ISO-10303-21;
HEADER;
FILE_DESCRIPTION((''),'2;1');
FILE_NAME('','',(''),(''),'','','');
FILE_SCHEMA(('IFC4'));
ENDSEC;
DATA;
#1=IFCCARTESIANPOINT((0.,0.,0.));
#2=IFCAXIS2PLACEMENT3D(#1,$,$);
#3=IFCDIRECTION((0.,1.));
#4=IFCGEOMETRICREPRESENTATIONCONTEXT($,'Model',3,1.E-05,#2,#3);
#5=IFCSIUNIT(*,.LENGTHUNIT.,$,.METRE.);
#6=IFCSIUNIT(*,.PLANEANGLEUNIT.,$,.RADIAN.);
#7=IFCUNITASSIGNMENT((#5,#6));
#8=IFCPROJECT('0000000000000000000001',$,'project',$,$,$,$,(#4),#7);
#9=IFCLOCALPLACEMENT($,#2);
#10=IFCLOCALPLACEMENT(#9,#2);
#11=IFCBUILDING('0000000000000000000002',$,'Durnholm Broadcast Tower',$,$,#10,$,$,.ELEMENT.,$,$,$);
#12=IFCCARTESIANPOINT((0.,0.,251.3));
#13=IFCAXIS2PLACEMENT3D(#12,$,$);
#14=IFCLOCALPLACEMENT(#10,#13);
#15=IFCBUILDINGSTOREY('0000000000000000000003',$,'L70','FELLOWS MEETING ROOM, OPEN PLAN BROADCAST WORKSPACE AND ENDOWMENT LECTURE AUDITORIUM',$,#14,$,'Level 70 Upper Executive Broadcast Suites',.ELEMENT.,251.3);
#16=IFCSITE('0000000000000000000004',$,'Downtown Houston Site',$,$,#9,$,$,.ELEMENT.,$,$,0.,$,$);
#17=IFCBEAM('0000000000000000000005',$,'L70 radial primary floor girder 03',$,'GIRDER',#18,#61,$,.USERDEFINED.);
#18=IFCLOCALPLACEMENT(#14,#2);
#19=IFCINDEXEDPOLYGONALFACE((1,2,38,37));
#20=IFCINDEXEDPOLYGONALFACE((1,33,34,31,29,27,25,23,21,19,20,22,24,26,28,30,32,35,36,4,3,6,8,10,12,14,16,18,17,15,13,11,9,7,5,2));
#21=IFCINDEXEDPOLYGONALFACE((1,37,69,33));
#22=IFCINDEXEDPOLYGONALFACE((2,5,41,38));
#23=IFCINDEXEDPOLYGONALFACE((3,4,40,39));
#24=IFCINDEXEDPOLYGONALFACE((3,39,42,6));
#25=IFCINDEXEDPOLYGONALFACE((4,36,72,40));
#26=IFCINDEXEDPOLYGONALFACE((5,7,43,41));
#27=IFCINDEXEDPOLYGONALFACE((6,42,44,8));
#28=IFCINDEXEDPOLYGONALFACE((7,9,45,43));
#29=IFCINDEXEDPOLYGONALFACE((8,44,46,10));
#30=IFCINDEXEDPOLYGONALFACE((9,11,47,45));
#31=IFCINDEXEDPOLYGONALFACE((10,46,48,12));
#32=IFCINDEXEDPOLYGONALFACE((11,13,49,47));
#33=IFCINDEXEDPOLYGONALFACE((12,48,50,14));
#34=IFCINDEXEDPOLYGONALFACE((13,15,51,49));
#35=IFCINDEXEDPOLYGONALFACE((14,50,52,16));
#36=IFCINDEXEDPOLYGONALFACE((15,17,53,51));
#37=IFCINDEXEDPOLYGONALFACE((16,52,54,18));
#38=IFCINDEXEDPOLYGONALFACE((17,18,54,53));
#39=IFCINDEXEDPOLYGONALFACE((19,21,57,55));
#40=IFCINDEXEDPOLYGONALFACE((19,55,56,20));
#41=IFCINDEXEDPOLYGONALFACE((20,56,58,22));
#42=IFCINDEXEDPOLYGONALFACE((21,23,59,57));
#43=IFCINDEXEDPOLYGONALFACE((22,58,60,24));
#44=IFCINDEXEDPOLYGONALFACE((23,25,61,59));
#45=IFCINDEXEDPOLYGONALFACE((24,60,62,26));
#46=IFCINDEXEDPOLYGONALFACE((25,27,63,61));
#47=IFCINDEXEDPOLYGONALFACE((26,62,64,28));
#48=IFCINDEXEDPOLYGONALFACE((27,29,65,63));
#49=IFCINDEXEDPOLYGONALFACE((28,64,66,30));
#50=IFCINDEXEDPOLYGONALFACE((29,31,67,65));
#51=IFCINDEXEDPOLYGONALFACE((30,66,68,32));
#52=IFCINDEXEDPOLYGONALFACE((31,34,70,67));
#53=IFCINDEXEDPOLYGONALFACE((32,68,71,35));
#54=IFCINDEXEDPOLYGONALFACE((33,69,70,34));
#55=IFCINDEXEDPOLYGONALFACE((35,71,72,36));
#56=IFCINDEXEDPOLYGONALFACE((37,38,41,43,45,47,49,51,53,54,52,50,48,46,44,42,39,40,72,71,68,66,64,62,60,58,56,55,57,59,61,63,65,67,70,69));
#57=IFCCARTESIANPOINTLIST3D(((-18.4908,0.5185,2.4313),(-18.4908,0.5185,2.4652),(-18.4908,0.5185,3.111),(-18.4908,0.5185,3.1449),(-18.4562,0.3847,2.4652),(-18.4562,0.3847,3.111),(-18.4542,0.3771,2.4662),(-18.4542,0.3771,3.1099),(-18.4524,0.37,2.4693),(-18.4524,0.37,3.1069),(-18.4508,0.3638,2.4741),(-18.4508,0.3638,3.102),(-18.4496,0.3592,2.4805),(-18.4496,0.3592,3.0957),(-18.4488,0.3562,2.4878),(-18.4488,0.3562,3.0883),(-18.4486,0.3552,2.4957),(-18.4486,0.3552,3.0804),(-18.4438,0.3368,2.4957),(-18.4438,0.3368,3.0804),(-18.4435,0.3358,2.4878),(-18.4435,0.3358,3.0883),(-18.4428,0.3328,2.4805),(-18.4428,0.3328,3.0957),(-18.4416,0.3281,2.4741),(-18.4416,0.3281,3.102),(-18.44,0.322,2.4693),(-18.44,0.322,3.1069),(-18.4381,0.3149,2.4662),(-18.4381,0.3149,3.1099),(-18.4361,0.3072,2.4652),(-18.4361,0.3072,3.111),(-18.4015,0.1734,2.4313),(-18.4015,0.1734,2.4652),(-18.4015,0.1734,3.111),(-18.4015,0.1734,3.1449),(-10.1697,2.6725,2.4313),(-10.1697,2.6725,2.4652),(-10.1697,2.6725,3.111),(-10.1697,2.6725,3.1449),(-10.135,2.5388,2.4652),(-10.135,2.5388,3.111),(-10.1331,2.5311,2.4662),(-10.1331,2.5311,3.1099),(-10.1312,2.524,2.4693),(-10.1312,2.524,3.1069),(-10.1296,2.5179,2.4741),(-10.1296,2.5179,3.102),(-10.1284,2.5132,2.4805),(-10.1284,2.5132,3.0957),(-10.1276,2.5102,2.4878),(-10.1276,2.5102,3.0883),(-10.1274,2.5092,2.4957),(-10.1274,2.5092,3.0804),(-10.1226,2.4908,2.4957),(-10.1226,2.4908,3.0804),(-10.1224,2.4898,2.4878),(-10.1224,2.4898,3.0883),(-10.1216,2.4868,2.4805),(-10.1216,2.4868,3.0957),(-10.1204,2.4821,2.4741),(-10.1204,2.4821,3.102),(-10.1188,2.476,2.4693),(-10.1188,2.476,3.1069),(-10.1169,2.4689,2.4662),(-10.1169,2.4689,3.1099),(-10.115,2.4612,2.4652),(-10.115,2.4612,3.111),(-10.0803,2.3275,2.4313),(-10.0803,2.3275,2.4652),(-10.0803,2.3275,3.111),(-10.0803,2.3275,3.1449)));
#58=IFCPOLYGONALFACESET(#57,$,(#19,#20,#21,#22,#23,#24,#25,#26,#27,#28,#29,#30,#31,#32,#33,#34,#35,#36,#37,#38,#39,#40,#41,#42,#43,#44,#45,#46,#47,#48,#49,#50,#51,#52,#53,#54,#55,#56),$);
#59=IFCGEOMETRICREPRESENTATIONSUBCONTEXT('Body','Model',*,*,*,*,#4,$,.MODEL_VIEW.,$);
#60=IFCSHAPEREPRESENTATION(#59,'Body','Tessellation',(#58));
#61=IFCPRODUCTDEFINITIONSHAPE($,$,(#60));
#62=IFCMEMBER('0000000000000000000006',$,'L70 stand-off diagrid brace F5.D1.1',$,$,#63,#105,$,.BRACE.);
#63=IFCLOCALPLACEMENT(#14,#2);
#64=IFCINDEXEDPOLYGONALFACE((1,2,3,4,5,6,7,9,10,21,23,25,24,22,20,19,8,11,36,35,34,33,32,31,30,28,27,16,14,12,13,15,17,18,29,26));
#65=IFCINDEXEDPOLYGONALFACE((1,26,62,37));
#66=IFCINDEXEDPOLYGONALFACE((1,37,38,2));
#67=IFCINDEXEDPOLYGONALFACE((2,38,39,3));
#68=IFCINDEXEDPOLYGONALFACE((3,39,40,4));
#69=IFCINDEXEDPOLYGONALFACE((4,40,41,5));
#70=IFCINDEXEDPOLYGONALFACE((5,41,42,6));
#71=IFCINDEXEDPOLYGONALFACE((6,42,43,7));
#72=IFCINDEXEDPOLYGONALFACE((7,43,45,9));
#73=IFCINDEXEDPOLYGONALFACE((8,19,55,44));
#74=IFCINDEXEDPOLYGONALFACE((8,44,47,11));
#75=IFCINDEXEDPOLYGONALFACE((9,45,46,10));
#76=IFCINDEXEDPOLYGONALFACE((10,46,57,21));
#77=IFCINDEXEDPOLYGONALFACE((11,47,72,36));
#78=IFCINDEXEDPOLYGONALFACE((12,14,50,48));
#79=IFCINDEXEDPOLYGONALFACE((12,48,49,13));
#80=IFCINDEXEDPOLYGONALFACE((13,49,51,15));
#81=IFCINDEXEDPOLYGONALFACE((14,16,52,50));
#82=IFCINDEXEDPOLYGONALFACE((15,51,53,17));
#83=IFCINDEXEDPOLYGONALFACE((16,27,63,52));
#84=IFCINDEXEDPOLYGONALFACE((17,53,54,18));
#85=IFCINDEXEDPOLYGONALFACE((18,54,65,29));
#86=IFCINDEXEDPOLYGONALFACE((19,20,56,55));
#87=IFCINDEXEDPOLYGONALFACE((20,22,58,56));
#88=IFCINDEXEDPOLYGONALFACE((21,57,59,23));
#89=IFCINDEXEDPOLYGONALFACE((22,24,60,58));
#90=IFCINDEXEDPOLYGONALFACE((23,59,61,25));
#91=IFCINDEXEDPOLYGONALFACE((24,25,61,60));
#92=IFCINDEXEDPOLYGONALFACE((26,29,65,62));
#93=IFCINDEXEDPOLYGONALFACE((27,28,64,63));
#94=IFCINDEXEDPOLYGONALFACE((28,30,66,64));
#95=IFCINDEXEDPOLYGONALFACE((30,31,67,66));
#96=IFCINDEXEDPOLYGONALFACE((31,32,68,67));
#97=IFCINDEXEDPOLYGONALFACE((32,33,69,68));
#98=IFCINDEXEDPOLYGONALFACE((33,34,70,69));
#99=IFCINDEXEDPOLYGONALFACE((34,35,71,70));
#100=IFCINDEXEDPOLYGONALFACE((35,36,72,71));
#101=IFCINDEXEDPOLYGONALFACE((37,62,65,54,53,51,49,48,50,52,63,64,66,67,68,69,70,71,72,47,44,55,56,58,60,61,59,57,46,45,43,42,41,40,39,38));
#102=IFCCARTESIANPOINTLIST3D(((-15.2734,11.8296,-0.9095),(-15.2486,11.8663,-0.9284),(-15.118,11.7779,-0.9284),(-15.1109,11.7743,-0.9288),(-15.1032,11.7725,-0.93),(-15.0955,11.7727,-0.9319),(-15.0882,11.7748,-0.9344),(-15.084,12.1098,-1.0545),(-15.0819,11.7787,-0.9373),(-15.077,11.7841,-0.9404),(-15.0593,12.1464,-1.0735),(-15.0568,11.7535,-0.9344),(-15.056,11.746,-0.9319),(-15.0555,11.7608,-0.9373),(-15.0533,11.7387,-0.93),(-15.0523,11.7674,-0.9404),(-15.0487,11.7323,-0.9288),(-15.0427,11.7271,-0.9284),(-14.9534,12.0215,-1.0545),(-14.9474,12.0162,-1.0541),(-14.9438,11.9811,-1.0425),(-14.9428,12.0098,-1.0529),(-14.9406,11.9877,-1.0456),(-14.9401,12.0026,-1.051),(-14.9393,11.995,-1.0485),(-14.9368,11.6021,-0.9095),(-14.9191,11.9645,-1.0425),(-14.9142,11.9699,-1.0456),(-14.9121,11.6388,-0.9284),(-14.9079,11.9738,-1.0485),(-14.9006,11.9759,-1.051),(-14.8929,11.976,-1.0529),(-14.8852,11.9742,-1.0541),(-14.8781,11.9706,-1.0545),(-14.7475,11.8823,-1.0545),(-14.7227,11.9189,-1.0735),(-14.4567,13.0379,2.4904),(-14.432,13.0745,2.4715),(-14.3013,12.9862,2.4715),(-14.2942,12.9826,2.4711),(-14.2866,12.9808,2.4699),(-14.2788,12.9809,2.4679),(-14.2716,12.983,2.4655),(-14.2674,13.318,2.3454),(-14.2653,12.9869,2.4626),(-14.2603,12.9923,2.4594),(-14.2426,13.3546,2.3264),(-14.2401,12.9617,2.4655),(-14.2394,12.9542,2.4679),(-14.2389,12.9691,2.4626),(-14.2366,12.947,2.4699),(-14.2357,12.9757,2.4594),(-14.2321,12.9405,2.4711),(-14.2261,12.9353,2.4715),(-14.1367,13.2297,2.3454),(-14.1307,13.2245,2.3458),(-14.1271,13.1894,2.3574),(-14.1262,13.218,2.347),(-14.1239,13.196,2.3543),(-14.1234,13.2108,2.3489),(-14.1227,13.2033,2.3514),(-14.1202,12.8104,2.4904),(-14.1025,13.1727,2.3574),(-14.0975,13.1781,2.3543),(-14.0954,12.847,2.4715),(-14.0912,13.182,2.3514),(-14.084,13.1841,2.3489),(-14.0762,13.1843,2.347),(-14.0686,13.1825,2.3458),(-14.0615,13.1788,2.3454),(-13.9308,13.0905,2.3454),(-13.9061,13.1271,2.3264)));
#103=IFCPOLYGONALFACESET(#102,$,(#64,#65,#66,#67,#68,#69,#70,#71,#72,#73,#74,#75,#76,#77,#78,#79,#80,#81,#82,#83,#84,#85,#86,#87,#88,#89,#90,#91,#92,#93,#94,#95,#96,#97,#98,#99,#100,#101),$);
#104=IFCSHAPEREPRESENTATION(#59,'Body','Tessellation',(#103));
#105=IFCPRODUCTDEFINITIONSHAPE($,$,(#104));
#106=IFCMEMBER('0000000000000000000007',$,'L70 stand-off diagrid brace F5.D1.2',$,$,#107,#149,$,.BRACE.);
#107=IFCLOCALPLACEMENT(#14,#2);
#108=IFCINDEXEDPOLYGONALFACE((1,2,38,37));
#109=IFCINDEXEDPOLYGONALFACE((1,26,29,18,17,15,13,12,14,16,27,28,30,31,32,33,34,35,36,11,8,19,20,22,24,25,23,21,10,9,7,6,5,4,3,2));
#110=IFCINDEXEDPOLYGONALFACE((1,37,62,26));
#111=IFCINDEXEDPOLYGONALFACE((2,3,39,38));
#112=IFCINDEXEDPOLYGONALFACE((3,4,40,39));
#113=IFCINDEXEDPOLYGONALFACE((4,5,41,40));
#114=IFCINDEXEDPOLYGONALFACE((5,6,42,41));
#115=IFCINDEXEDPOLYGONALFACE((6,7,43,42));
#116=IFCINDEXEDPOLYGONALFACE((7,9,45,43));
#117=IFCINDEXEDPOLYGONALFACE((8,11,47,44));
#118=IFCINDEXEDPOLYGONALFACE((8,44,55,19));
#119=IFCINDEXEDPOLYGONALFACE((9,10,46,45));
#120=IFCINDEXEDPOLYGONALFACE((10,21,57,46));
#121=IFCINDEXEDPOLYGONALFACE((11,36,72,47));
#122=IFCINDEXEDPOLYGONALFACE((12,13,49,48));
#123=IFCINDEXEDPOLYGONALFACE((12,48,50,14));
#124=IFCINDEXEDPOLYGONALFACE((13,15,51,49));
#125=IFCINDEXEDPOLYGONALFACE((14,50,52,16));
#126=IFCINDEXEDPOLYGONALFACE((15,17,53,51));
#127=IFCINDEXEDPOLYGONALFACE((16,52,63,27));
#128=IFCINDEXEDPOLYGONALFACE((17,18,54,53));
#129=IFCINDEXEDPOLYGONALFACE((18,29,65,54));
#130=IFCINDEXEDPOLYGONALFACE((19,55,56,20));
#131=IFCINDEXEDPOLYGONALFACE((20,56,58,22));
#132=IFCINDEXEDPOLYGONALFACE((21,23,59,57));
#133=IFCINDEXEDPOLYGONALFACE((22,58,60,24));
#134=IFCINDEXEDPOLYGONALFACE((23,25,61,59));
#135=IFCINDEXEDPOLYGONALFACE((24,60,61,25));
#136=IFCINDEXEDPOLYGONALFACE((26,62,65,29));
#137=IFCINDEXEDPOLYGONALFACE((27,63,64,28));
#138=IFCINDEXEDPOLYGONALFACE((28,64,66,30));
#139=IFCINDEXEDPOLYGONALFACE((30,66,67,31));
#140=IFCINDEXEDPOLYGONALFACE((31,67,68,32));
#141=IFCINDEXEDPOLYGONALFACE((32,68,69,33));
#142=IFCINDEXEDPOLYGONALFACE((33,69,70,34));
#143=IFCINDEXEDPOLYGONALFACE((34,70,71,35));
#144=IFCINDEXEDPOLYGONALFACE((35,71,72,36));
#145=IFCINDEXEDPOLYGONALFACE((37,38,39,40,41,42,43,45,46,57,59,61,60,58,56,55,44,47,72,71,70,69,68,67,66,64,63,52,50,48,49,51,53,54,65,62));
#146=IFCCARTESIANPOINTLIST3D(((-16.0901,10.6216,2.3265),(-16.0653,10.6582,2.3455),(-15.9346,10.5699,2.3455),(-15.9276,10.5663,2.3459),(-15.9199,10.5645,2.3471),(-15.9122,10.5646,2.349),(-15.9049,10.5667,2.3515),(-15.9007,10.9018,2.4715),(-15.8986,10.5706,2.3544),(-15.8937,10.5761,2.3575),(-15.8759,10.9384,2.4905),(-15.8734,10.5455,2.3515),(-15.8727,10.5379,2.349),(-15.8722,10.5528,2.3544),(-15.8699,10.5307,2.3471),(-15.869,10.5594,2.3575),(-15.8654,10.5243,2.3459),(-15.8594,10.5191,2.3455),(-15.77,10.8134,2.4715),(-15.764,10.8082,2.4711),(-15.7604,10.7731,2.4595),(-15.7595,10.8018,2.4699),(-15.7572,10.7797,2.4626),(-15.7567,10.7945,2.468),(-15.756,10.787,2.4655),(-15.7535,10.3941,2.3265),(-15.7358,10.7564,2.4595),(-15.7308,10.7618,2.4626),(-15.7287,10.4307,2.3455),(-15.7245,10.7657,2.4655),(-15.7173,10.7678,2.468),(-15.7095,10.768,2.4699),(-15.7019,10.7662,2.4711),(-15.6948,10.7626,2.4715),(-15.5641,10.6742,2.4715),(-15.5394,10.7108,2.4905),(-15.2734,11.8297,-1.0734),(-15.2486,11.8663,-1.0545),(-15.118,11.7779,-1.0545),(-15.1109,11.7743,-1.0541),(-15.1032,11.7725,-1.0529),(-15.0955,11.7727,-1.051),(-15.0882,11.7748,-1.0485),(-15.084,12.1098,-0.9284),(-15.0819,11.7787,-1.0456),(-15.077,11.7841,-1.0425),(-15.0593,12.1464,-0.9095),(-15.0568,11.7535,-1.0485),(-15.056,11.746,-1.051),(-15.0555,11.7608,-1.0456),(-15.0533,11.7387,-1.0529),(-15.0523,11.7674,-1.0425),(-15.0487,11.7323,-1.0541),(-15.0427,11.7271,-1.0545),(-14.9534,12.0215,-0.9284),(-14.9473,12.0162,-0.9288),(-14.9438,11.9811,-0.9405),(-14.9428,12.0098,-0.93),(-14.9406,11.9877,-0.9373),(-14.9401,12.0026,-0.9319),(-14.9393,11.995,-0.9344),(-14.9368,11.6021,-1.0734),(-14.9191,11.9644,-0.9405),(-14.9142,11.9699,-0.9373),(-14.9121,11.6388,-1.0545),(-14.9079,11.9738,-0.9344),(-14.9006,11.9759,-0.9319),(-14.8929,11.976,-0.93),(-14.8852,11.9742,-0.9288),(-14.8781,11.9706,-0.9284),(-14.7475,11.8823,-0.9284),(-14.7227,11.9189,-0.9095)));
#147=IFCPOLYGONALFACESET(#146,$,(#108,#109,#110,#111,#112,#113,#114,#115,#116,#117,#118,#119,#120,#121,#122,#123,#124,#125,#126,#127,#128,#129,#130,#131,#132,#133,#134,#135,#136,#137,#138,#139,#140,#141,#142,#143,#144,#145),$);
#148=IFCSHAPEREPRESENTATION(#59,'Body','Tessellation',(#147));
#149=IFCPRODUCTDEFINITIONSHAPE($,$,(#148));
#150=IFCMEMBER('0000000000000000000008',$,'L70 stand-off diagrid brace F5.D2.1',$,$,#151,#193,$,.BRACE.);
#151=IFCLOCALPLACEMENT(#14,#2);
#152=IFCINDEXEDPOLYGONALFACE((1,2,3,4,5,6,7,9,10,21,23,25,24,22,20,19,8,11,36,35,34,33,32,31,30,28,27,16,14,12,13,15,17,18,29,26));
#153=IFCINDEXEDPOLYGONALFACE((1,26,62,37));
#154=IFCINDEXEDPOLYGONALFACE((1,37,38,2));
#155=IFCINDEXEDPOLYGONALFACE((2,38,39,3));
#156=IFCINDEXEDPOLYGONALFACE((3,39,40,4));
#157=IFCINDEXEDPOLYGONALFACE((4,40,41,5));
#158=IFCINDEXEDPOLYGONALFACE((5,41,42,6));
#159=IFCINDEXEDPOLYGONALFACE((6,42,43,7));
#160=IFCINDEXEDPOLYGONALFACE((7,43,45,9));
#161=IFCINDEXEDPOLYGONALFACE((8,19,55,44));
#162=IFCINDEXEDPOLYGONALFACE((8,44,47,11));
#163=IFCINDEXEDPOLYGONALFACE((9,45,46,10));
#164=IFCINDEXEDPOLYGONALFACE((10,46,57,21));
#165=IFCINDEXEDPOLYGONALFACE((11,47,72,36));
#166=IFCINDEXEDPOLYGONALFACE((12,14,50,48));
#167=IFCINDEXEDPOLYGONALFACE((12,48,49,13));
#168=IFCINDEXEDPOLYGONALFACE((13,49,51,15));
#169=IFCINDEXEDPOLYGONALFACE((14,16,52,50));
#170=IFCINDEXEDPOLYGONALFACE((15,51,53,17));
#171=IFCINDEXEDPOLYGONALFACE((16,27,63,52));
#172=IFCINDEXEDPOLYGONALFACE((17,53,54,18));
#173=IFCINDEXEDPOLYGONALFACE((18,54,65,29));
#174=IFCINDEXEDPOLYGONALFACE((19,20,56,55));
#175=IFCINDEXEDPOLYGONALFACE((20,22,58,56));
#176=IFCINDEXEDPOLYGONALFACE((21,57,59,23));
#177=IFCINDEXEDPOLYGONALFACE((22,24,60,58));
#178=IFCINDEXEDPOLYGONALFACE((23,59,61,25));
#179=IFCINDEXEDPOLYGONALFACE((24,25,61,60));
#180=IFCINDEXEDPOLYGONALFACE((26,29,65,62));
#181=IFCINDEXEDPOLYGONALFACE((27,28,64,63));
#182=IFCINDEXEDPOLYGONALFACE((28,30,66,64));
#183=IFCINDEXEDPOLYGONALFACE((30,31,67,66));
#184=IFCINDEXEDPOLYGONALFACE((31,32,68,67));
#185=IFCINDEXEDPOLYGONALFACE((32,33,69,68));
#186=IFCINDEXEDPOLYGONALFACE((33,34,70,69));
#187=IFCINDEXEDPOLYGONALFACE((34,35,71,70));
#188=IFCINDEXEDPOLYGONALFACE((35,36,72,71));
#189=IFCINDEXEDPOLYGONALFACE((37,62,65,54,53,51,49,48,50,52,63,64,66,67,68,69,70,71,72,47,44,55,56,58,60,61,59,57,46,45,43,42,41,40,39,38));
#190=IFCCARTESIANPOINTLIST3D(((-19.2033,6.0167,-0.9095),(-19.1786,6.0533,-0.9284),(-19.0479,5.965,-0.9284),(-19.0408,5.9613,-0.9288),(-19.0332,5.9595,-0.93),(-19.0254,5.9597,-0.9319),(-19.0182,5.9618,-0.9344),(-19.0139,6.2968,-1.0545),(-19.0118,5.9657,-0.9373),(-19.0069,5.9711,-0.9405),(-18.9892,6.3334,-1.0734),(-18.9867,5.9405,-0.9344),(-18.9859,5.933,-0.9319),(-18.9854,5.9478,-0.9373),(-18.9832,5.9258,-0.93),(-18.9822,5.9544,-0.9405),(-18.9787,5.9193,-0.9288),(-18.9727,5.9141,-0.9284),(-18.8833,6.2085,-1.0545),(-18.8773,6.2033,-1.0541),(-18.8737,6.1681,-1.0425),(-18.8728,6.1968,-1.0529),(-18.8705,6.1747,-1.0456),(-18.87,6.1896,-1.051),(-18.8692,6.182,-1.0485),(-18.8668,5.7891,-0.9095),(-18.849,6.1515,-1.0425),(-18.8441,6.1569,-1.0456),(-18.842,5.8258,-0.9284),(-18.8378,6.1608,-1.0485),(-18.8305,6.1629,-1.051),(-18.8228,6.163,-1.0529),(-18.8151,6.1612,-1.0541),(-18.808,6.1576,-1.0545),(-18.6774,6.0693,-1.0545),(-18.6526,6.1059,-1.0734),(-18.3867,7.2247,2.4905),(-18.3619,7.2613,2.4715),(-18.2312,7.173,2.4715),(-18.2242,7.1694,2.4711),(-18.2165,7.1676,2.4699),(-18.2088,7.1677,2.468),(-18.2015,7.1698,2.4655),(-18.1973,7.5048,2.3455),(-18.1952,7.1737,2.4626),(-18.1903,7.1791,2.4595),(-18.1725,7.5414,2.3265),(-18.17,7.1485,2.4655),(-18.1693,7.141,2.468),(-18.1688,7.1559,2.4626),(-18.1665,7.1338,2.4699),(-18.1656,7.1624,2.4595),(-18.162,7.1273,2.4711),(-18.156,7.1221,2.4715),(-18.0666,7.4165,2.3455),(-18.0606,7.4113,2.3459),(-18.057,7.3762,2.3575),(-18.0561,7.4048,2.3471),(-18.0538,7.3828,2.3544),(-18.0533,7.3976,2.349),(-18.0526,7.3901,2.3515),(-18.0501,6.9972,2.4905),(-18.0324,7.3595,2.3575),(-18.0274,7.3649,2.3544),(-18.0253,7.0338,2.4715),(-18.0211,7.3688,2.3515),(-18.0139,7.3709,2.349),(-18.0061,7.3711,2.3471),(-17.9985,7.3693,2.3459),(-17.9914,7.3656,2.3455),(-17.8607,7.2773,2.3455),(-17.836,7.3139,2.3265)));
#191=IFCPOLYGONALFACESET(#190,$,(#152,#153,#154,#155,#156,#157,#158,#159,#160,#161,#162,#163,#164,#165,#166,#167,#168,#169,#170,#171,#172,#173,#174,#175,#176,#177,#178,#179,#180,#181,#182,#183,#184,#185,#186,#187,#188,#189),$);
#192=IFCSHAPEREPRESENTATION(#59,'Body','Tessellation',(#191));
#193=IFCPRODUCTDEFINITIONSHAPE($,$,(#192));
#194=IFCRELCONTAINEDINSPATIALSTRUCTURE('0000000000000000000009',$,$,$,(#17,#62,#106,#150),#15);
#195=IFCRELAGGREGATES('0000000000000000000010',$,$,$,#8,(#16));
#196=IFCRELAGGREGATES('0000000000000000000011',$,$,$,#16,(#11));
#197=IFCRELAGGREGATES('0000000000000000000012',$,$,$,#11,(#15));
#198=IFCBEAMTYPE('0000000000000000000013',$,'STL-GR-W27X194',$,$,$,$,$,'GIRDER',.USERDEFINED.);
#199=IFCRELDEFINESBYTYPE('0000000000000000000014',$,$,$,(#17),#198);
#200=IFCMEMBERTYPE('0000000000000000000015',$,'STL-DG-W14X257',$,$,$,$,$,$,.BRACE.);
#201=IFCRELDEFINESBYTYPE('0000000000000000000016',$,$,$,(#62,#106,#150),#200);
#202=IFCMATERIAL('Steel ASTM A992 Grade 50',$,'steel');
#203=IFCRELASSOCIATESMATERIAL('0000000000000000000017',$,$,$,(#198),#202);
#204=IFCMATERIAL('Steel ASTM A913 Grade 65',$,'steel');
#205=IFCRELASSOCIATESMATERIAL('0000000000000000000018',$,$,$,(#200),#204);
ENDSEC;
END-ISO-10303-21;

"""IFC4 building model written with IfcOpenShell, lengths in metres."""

from ifc_helpers import new_model, si_unit, direction, frame, origin, origin_2d, place, context, subcontext, project, spatial, i_section, extrude, source, transform, mapped, material, material_profile, profile_set, type_object, type_shapes, element, save


model = new_model("IFC4")

# Units and contexts
model_context = context("Model", 3, precision=1e-05, world=origin(), true_north=direction((0.0, 1.0)))
body_context = subcontext(model_context, "Body", "Model", "MODEL_VIEW")
ifc_project = project(units=[si_unit("LENGTHUNIT", "METRE"), si_unit("PLANEANGLEUNIT", "RADIAN")], contexts=[model_context])

# Site, building, storey
site_placement = place(None, origin())
site = spatial("IfcSite", under=ifc_project, at=site_placement, Name="Downtown Houston Site", CompositionType="ELEMENT", RefElevation=0.0)
building_placement = place(site_placement, origin())
building = spatial("IfcBuilding", under=site, at=building_placement, Name="Durnholm Broadcast Tower", CompositionType="ELEMENT")
storey_placement = place(building_placement, frame((0.0, 0.0, 251.3)))
storey = spatial("IfcBuildingStorey", under=building, at=storey_placement, Name="L70", Description="FELLOWS MEETING ROOM, OPEN PLAN BROADCAST WORKSPACE AND ENDOWMENT LECTURE AUDITORIUM", LongName="Level 70 Upper Executive Broadcast Suites", CompositionType="ELEMENT", Elevation=251.3)

# Beam
ifc_material_1 = material(Name="Steel ASTM A992 Grade 50", Category="steel")
ifc_material_profile_1 = material_profile(ifc_material_1, i_section(OverallWidth=0.3564, OverallDepth=0.7136, WebThickness=0.019, FlangeThickness=0.0339, FilletRadius=0.0305, at=origin_2d()), Name="W27X194")
ifc_profile_set_1 = profile_set([ifc_material_profile_1], Name="Steel ASTM A992 Grade 50")
beam_type_1 = type_object("IfcBeamType", Name="STL-GR-W27X194", ElementType="GIRDER", PredefinedType="USERDEFINED", material=ifc_profile_set_1)
shared_shape_1 = source(origin(), body_context, "Body", "SweptSolid", [
    extrude(i_section(OverallWidth=0.3564, OverallDepth=0.7136, WebThickness=0.019, FlangeThickness=0.0339, FilletRadius=0.0305, at=origin_2d()), origin(), (0.0, 0.0, 1.0), 8.5955),
])
beam_1_placement = place(storey_placement, frame((-10.125, 2.5, 2.7881), z_axis=(-0.968091, -0.2506, 0.0), x_axis=(0.2506, -0.968091, 0.0)))
element("IfcBeam", 1, at=beam_1_placement, inside=storey, type_object=beam_type_1, Name="L70 radial primary floor girder 03", ObjectType="GIRDER", PredefinedType="USERDEFINED", context=body_context, shape_type="MappedRepresentation", body=[
    mapped(shared_shape_1, transform((0.0, 0.0, 0.0), x_axis=(1.0, 0.0, 0.0), y_axis=(0.0, 1.0, 0.0), z_axis=(0.0, 0.0, 1.0), scale=1.0)),
])

# Members
ifc_material_2 = material(Name="Steel ASTM A913 Grade 65", Category="steel")
ifc_material_profile_2 = material_profile(ifc_material_2, i_section(OverallWidth=0.4062, OverallDepth=0.416, WebThickness=0.0298, FlangeThickness=0.0481, FilletRadius=0.0305, at=origin_2d()), Name="W14X257")
ifc_profile_set_2 = profile_set([ifc_material_profile_2], Name="Steel ASTM A913 Grade 65")
member_type_1 = type_object("IfcMemberType", Name="STL-DG-W14X257", PredefinedType="BRACE", material=ifc_profile_set_2)
shared_shape_2 = source(origin(), body_context, "Body", "SweptSolid", [
    extrude(i_section(OverallWidth=0.4062, OverallDepth=0.416, WebThickness=0.0298, FlangeThickness=0.0481, FilletRadius=0.0305, at=origin_2d()), origin(), (0.0, 0.0, 1.0), 3.6995),
])
type_shapes(member_type_1, [shared_shape_2])
for number, where, z_axis, x_axis, name in (
    (2, (-14.998, 11.8743, -0.9915), (0.220748, 0.326601, 0.919023), (-0.828505, 0.559982, 0.0), "L70 stand-off diagrid brace F5.D1.1"),
    (3, (-14.998, 11.8743, -0.9915), (-0.220752, -0.326542, 0.919042), (0.828452, -0.560059, 0.0), "L70 stand-off diagrid brace F5.D1.2"),
    (4, (-18.928, 6.0613, -0.9915), (0.220752, 0.326542, 0.919042), (-0.828452, 0.560059, 0.0), "L70 stand-off diagrid brace F5.D2.1"),
):
    element("IfcMember", number, at=place(storey_placement, frame(where, z_axis=z_axis, x_axis=x_axis)), inside=storey, type_object=member_type_1, Name=name, PredefinedType="BRACE", context=body_context, shape_type="MappedRepresentation", body=[
        mapped(shared_shape_2, transform((0.0, 0.0, 0.0), x_axis=(1.0, 0.0, 0.0), y_axis=(0.0, 1.0, 0.0), z_axis=(0.0, 0.0, 1.0), scale=1.0)),
    ])

save(model, "model.ifc")
